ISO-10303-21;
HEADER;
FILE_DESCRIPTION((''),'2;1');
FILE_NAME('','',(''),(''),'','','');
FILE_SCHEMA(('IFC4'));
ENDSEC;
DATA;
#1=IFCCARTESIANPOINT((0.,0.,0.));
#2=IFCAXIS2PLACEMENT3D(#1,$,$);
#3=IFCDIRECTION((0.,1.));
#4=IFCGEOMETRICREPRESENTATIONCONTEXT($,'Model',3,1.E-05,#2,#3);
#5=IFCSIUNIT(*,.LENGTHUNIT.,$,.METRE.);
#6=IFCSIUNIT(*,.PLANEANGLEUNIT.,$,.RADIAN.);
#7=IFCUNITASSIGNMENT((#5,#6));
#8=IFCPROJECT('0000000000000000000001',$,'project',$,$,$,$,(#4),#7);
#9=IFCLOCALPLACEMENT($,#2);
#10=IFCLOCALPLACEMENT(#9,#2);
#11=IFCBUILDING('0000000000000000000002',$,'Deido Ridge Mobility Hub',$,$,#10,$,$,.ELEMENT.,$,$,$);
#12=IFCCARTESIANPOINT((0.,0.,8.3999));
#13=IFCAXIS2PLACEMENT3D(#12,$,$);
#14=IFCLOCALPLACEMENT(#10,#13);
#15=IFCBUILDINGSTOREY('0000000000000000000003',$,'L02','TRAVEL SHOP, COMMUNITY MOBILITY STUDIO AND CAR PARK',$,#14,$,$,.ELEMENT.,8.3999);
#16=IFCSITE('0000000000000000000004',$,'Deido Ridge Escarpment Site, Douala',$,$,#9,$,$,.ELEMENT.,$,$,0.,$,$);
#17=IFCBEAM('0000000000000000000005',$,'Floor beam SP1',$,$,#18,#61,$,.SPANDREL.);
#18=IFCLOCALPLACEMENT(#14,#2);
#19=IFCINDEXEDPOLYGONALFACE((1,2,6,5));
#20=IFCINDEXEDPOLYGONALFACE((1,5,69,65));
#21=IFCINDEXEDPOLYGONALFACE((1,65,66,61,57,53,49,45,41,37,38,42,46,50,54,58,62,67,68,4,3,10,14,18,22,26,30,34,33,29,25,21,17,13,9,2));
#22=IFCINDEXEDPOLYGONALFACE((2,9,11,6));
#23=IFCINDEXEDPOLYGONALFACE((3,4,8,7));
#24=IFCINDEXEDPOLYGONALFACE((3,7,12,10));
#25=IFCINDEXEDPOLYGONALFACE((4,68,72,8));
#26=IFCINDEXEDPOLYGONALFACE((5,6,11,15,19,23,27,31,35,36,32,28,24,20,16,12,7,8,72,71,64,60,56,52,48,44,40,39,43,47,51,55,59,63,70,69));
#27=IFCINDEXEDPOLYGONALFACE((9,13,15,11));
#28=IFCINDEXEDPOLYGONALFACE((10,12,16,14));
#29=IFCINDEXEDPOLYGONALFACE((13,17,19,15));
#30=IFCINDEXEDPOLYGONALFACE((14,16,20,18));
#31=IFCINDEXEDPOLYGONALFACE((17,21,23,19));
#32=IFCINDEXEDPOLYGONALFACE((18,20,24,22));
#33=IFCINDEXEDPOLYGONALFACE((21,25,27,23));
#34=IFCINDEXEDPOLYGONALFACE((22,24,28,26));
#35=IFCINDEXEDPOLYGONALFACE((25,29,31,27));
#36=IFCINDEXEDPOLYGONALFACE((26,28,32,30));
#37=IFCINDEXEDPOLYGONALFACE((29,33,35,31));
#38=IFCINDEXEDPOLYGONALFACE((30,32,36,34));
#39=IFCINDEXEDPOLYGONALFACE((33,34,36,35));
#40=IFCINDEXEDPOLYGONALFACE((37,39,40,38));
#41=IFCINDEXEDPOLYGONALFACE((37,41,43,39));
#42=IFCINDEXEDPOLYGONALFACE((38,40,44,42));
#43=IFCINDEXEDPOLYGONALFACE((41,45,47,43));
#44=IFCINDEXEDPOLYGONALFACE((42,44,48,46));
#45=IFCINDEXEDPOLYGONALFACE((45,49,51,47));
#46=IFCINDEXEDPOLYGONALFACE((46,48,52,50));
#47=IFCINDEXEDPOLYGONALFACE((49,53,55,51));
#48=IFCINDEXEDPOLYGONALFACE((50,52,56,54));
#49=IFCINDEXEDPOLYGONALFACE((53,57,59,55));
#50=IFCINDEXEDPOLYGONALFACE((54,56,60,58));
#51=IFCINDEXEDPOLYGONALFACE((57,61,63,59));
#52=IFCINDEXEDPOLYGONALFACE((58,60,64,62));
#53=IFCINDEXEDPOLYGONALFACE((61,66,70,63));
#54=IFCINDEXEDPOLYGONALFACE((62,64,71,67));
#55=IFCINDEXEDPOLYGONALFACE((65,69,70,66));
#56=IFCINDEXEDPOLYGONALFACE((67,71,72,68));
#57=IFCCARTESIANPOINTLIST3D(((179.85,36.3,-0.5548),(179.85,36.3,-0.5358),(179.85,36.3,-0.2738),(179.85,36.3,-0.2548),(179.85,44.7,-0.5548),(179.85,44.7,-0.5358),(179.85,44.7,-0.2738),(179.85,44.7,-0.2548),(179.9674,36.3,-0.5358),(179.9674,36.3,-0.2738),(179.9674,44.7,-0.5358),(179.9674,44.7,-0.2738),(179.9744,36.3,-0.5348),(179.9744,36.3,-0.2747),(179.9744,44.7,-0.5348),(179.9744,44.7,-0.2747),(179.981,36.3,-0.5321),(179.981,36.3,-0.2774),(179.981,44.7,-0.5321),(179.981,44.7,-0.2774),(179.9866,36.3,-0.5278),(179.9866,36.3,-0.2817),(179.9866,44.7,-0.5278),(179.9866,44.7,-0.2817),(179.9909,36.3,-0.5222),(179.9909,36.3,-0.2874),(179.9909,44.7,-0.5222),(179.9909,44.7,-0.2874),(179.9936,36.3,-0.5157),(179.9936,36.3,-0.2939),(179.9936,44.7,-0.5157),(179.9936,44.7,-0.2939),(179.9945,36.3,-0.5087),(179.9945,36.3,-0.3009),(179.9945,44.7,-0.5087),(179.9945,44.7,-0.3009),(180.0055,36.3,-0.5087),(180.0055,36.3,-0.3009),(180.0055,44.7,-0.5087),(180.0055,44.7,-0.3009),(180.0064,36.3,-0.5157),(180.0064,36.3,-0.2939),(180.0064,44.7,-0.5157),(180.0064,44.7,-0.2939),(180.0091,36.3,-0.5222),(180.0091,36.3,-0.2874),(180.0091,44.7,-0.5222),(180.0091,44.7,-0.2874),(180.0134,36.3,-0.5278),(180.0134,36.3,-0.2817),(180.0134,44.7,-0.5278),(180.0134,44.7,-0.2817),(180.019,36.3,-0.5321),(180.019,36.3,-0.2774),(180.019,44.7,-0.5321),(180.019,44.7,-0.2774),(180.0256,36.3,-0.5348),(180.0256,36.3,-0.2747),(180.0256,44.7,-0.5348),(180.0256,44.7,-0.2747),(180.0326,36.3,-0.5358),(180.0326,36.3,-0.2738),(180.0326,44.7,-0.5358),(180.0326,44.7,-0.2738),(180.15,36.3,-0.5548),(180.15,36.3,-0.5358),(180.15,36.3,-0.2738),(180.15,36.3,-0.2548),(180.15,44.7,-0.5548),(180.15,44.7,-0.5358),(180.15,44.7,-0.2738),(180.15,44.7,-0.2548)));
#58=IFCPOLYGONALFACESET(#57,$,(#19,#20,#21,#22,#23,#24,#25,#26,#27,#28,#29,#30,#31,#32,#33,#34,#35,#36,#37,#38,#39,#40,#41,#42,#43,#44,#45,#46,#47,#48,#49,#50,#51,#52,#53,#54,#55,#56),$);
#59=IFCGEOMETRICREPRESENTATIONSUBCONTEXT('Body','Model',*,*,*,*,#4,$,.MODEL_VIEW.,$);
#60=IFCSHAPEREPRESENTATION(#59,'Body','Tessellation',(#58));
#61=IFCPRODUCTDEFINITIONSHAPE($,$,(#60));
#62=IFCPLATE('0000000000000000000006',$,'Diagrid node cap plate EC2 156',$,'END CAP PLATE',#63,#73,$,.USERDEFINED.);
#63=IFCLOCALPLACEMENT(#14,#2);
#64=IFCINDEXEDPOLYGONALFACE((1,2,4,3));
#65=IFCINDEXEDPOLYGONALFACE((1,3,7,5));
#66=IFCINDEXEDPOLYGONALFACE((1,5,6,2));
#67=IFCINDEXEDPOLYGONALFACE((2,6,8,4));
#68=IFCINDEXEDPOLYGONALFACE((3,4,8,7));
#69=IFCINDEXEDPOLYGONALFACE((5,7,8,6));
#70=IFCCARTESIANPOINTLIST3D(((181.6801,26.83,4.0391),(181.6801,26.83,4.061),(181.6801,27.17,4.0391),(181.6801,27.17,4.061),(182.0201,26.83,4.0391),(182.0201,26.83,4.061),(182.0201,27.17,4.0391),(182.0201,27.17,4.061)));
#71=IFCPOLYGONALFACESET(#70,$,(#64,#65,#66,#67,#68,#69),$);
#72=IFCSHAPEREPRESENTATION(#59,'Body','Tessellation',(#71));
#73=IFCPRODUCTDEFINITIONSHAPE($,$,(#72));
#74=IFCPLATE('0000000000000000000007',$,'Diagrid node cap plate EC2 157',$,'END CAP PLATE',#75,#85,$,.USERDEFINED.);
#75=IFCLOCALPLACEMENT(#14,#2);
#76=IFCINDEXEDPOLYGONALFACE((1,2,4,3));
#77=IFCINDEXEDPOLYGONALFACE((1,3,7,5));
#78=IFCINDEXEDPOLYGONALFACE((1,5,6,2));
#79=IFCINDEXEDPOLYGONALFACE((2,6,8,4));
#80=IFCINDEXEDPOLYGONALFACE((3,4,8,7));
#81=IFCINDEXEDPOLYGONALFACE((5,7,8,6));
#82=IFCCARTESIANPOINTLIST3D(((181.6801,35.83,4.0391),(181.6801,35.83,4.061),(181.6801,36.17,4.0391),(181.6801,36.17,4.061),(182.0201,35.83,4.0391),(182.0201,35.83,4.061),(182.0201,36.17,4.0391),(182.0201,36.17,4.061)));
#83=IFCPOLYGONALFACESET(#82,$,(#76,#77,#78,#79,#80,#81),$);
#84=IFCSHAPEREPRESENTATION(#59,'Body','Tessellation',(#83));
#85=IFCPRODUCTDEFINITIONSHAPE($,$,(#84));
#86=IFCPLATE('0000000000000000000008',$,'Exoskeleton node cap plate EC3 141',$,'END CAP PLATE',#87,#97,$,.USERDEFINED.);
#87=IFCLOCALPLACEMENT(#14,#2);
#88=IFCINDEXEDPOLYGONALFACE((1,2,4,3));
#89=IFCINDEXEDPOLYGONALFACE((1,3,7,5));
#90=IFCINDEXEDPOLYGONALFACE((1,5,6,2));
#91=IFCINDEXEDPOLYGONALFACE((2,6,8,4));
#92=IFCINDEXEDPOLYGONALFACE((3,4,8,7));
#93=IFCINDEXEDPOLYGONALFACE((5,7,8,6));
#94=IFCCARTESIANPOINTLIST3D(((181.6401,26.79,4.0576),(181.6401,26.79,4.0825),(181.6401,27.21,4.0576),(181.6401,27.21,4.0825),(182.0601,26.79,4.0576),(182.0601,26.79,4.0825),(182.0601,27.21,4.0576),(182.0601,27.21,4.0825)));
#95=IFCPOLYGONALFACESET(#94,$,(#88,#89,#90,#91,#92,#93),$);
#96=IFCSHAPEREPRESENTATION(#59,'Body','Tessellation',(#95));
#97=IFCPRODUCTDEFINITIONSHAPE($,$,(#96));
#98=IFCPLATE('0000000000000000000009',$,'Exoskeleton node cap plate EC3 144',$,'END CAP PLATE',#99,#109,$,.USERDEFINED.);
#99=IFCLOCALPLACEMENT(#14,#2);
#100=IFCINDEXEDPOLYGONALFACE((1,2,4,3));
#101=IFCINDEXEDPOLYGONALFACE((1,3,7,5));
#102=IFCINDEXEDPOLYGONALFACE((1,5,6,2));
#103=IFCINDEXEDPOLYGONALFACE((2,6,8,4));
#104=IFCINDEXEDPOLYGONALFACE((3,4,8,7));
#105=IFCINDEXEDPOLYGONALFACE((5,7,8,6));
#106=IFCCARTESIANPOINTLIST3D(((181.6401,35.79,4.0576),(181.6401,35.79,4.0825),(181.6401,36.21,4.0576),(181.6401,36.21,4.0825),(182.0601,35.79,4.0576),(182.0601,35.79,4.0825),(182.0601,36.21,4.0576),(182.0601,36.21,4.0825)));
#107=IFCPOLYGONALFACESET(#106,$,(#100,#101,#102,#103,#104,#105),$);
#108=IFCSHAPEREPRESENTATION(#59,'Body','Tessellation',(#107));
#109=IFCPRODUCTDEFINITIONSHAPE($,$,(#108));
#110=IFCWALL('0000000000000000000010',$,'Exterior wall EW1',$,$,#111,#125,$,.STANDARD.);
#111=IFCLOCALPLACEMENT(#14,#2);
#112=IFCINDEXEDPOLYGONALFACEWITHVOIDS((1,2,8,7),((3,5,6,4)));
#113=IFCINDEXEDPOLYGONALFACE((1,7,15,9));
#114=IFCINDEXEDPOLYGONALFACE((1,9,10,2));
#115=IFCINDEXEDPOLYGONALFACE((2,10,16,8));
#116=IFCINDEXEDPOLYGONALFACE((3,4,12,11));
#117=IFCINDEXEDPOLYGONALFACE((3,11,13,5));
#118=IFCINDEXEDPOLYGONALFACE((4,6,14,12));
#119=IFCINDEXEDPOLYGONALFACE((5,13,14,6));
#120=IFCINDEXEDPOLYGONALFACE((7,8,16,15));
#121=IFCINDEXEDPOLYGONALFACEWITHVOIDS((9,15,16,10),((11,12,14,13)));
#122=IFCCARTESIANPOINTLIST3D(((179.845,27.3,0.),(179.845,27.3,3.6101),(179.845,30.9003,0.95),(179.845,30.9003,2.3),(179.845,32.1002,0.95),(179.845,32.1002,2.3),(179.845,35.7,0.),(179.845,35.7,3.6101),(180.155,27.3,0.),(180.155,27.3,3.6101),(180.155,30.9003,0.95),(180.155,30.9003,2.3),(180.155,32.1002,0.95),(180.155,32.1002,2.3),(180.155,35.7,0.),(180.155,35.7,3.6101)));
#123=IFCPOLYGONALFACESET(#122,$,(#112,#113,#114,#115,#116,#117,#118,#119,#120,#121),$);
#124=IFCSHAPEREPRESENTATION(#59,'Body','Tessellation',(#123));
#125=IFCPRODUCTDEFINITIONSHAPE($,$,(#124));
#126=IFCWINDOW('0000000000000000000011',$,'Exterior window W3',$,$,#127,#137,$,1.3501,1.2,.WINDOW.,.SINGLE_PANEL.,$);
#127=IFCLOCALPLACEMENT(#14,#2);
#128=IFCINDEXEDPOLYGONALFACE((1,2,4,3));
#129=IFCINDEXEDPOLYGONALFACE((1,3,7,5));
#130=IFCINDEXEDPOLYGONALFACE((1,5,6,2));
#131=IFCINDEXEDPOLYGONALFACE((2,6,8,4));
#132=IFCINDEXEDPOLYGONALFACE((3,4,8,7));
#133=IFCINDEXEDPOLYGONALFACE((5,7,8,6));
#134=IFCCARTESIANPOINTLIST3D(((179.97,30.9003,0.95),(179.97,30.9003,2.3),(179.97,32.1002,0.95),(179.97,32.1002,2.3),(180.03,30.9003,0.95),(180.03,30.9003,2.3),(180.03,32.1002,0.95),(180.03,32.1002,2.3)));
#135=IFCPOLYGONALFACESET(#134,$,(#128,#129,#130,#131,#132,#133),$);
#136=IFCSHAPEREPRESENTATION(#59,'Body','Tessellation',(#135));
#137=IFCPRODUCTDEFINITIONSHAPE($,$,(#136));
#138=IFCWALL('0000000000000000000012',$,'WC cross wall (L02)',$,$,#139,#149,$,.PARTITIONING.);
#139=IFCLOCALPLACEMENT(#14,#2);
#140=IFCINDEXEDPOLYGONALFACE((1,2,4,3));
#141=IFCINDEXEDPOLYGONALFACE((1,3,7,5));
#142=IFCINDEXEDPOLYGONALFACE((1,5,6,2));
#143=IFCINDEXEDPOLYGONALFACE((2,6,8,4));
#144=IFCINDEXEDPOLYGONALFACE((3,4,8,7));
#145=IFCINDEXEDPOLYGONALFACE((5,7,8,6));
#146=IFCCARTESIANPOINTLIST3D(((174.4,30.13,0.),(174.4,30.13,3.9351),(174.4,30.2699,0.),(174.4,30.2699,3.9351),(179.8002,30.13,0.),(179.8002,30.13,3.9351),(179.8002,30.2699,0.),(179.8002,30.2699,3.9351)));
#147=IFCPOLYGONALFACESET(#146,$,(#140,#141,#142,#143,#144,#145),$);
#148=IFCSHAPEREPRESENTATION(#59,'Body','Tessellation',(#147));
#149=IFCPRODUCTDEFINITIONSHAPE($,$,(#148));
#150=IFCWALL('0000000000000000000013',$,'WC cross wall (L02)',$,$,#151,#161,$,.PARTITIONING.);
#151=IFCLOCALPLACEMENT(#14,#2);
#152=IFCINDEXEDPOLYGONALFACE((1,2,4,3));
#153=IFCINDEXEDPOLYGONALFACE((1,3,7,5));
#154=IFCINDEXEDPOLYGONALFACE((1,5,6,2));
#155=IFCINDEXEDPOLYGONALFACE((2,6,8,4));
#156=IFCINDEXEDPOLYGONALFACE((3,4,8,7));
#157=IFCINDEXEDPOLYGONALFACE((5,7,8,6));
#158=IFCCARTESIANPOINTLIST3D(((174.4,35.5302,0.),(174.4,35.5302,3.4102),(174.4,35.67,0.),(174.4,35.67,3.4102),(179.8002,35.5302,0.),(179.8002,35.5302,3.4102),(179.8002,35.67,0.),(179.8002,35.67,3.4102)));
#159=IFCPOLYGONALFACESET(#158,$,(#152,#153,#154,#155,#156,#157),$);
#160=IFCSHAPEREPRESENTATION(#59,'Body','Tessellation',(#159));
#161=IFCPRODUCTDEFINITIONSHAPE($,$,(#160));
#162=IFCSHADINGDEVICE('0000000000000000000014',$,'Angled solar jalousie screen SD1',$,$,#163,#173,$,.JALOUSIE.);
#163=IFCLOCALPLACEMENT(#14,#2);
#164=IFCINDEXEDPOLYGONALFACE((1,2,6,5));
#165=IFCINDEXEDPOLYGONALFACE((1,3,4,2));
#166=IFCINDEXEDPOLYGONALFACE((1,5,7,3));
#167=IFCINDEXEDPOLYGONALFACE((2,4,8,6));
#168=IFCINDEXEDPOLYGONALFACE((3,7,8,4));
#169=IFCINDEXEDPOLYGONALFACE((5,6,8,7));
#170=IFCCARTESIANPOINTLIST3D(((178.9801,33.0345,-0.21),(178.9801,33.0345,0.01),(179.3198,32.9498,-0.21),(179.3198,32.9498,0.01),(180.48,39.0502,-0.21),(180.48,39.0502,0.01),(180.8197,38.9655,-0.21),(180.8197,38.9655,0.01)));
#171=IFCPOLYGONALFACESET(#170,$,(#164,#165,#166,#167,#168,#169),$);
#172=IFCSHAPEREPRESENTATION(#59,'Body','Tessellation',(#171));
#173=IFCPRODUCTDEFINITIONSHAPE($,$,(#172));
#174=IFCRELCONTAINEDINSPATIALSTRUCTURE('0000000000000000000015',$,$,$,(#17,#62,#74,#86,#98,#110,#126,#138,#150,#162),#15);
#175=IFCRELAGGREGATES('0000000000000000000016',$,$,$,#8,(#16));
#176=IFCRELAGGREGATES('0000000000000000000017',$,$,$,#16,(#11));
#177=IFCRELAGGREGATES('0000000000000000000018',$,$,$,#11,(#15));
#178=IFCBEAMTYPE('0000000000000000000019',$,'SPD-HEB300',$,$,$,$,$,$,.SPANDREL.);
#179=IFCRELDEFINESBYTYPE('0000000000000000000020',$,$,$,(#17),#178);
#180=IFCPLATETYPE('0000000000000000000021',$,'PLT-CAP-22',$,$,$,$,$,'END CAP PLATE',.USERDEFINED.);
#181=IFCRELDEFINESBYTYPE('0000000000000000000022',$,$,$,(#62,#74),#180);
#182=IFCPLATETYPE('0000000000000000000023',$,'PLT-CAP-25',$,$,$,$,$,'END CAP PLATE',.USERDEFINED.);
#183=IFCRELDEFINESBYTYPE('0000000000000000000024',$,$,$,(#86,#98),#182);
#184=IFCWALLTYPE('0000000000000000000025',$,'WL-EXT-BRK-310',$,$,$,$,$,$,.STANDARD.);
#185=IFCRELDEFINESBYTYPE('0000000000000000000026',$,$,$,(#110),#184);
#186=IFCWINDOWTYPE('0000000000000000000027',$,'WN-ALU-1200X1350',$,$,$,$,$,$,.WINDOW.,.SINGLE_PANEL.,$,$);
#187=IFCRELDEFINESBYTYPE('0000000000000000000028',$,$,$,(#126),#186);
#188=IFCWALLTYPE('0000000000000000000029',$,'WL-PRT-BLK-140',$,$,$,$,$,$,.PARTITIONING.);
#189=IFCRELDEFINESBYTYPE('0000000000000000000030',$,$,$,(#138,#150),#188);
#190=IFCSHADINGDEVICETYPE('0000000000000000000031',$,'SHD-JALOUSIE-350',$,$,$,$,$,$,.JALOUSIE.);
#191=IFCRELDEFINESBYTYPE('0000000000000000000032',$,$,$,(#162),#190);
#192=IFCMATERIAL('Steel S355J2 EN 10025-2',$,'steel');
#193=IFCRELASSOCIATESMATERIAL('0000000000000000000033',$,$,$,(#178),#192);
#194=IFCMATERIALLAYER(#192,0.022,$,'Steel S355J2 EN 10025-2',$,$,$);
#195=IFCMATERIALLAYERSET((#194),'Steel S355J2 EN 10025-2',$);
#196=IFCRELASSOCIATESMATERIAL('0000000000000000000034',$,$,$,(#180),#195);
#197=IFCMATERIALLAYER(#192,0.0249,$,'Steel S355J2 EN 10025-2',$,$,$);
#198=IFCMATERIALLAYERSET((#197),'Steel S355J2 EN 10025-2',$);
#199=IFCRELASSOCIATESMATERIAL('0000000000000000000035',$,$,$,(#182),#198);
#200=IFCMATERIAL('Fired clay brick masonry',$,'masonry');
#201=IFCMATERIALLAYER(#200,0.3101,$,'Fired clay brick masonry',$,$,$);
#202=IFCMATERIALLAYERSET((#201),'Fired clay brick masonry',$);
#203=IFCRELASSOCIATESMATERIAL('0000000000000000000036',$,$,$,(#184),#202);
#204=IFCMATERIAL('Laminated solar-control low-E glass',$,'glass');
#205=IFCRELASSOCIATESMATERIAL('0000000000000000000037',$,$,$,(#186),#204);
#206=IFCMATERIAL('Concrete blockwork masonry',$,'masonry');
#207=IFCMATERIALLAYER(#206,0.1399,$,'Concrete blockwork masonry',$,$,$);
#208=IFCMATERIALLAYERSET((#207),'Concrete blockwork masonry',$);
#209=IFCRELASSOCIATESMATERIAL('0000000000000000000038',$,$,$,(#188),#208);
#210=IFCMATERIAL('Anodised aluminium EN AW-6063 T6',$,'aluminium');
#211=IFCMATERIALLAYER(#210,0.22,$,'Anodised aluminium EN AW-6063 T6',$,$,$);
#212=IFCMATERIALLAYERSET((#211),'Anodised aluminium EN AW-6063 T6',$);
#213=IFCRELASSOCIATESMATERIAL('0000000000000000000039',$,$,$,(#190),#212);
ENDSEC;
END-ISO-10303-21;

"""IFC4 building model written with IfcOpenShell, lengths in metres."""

from ifc_helpers import new_model, si_unit, direction, frame, frame_2d, origin, origin_2d, place, context, subcontext, project, spatial, rectangle, i_section, extrude, material, layer, layer_set, material_profile, profile_set, type_object, element, fill, save


model = new_model("IFC4")

# Units and contexts
model_context = context("Model", 3, precision=1e-05, world=origin(), true_north=direction((0.0, 1.0)))
body_context = subcontext(model_context, "Body", "Model", "MODEL_VIEW")
ifc_project = project(units=[si_unit("LENGTHUNIT", "METRE"), si_unit("PLANEANGLEUNIT", "RADIAN")], contexts=[model_context])

# Site, building, storey
site_placement = place(None, origin())
site = spatial("IfcSite", under=ifc_project, at=site_placement, Name="Deido Ridge Escarpment Site, Douala", CompositionType="ELEMENT", RefElevation=0.0)
building_placement = place(site_placement, origin())
building = spatial("IfcBuilding", under=site, at=building_placement, Name="Deido Ridge Mobility Hub", CompositionType="ELEMENT")
storey_placement = place(building_placement, frame((0.0, 0.0, 8.3999)))
storey = spatial("IfcBuildingStorey", under=building, at=storey_placement, Name="L02", Description="TRAVEL SHOP, COMMUNITY MOBILITY STUDIO AND CAR PARK", CompositionType="ELEMENT", Elevation=8.3999)

# Shared definitions
ifc_material_1 = material(Name="Steel S355J2 EN 10025-2", Category="steel")

# Shared definitions
ifc_material_2 = material(Name="Anodised aluminium EN AW-6063 T6", Category="aluminium")

# Beam
ifc_material_profile_1 = material_profile(ifc_material_1, i_section(OverallWidth=0.3, OverallDepth=0.3, WebThickness=0.011, FlangeThickness=0.019, FilletRadius=0.0271, at=origin_2d()), Name="HEB 300")
ifc_profile_set_1 = profile_set([ifc_material_profile_1], Name="Steel S355J2 EN 10025-2")
beam_type_1 = type_object("IfcBeamType", Name="SPD-HEB300", PredefinedType="SPANDREL", material=ifc_profile_set_1)
for number, where, z_axis, x_axis, name in (
    (1, (180.0, 36.3, -0.4048), (0.0, 1.0, 0.0), (-1.0, 0.0, 0.0), "Floor beam SP1"),
):
    element("IfcBeam", number, at=place(storey_placement, frame(where, z_axis=z_axis, x_axis=x_axis)), inside=storey, type_object=beam_type_1, Name=name, PredefinedType="SPANDREL", context=body_context, shape_type="SweptSolid", body=[
        extrude(i_section(OverallWidth=0.3, OverallDepth=0.3, WebThickness=0.011, FlangeThickness=0.019, FilletRadius=0.0271, at=origin_2d()), origin(), (0.0, 0.0, 1.0), 8.3999),
    ])

# Plates
ifc_layer_1 = layer(ifc_material_1, 0.022, Name="Steel S355J2 EN 10025-2")
ifc_layer_set_1 = layer_set([ifc_layer_1], Name="Steel S355J2 EN 10025-2")
plate_type_1 = type_object("IfcPlateType", Name="PLT-CAP-22", ElementType="END CAP PLATE", PredefinedType="USERDEFINED", material=ifc_layer_set_1)
for number, where, z_axis, x_axis, name in (
    (2, (181.8501, 27.0, 4.0391), (0.0, 0.0, 1.0), (1.0, 0.0, 0.0), "Diagrid node cap plate EC2 156"),
    (3, (181.8501, 36.0, 4.0391), (0.0, 0.0, 1.0), (1.0, 0.0, 0.0), "Diagrid node cap plate EC2 157"),
):
    element("IfcPlate", number, at=place(storey_placement, frame(where, z_axis=z_axis, x_axis=x_axis)), inside=storey, type_object=plate_type_1, Name=name, ObjectType="END CAP PLATE", PredefinedType="USERDEFINED", context=body_context, shape_type="SweptSolid", body=[
        extrude(rectangle(XDim=0.3401, YDim=0.3401, at=origin_2d()), origin(), (0.0, 0.0, 1.0), 0.022),
    ])
ifc_layer_2 = layer(ifc_material_1, 0.0249, Name="Steel S355J2 EN 10025-2")
ifc_layer_set_2 = layer_set([ifc_layer_2], Name="Steel S355J2 EN 10025-2")
plate_type_2 = type_object("IfcPlateType", Name="PLT-CAP-25", ElementType="END CAP PLATE", PredefinedType="USERDEFINED", material=ifc_layer_set_2)
for number, where, z_axis, x_axis, name in (
    (4, (181.8501, 27.0, 4.0576), (0.0, 0.0, 1.0), (1.0, 0.0, 0.0), "Exoskeleton node cap plate EC3 141"),
    (5, (181.8501, 36.0, 4.0576), (0.0, 0.0, 1.0), (1.0, 0.0, 0.0), "Exoskeleton node cap plate EC3 144"),
):
    element("IfcPlate", number, at=place(storey_placement, frame(where, z_axis=z_axis, x_axis=x_axis)), inside=storey, type_object=plate_type_2, Name=name, ObjectType="END CAP PLATE", PredefinedType="USERDEFINED", context=body_context, shape_type="SweptSolid", body=[
        extrude(rectangle(XDim=0.4199, YDim=0.4199, at=origin_2d()), origin(), (0.0, 0.0, 1.0), 0.0249),
    ])

# Wall, opening, window
ifc_material_3 = material(Name="Fired clay brick masonry", Category="masonry")
ifc_layer_3 = layer(ifc_material_3, 0.3101, Name="Fired clay brick masonry")
ifc_layer_set_3 = layer_set([ifc_layer_3], Name="Fired clay brick masonry")
wall_type_1 = type_object("IfcWallType", Name="WL-EXT-BRK-310", PredefinedType="STANDARD", material=ifc_layer_set_3)
wall_1_placement = place(storey_placement, frame((180.0, 27.3, 0.0), z_axis=(0.0, 0.0, 1.0), x_axis=(0.0, 1.0, 0.0)))
wall_1 = element("IfcWall", 6, at=wall_1_placement, inside=storey, type_object=wall_type_1, Name="Exterior wall EW1", PredefinedType="STANDARD", context=body_context, shape_type="SweptSolid", body=[
    extrude(rectangle(XDim=8.3999, YDim=0.3101, at=frame_2d((4.2, 0.0))), origin(), (0.0, 0.0, 1.0), 3.6101),
])
opening_1_placement = place(wall_1_placement, frame((3.6001, 0.0, 0.95)))
opening_1 = element("IfcOpeningElement", 7, at=opening_1_placement, cuts=wall_1, PredefinedType="OPENING", context=body_context, shape_type="SweptSolid", body=[
    extrude(rectangle(XDim=1.2, YDim=1.3501, at=frame_2d((0.6001, 0.675))), frame((0.0, 0.165, 0.0), z_axis=(0.0, -1.0, 0.0), x_axis=(1.0, 0.0, 0.0)), (0.0, 0.0, 1.0), 0.3301),
])
ifc_material_4 = material(Name="Laminated solar-control low-E glass", Category="glass")
window_type = type_object("IfcWindowType", Name="WN-ALU-1200X1350", PartitioningType="SINGLE_PANEL", PredefinedType="WINDOW", material=ifc_material_4)
window_placement = place(opening_1_placement, origin())
window = element("IfcWindow", 8, at=window_placement, inside=storey, type_object=window_type, Name="Exterior window W3", OverallHeight=1.3501, OverallWidth=1.2, PartitioningType="SINGLE_PANEL", PredefinedType="WINDOW", context=body_context, shape_type="SweptSolid", body=[
    extrude(rectangle(XDim=1.2, YDim=1.3501, at=frame_2d((0.6001, 0.675))), frame((0.0, 0.03, 0.0), z_axis=(0.0, -1.0, 0.0), x_axis=(1.0, 0.0, 0.0)), (0.0, 0.0, 1.0), 0.0601),
])
fill(opening_1, window)

# Walls
ifc_material_5 = material(Name="Concrete blockwork masonry", Category="masonry")
ifc_layer_4 = layer(ifc_material_5, 0.1399, Name="Concrete blockwork masonry")
ifc_layer_set_4 = layer_set([ifc_layer_4], Name="Concrete blockwork masonry")
wall_type_2 = type_object("IfcWallType", Name="WL-PRT-BLK-140", PredefinedType="PARTITIONING", material=ifc_layer_set_4)
wall_2_placement = place(storey_placement, frame((174.3999, 30.2, 0.0), z_axis=(0.0, 0.0, 1.0), x_axis=(1.0, 0.0, 0.0)))
element("IfcWall", 9, at=wall_2_placement, inside=storey, type_object=wall_type_2, Name="WC cross wall (L02)", PredefinedType="PARTITIONING", context=body_context, shape_type="SweptSolid", body=[
    extrude(rectangle(XDim=5.4001, YDim=0.1399, at=frame_2d((2.7002, 0.0))), origin(), (0.0, 0.0, 1.0), 3.9351),
])
wall_3_placement = place(storey_placement, frame((174.3999, 35.6001, 0.0), z_axis=(0.0, 0.0, 1.0), x_axis=(1.0, 0.0, 0.0)))
element("IfcWall", 10, at=wall_3_placement, inside=storey, type_object=wall_type_2, Name="WC cross wall (L02)", PredefinedType="PARTITIONING", context=body_context, shape_type="SweptSolid", body=[
    extrude(rectangle(XDim=5.4001, YDim=0.1399, at=frame_2d((2.7002, 0.0))), origin(), (0.0, 0.0, 1.0), 3.4102),
])

# Shading device
ifc_layer_5 = layer(ifc_material_2, 0.22, Name="Anodised aluminium EN AW-6063 T6")
ifc_layer_set_5 = layer_set([ifc_layer_5], Name="Anodised aluminium EN AW-6063 T6")
shading_device_type = type_object("IfcShadingDeviceType", Name="SHD-JALOUSIE-350", PredefinedType="JALOUSIE", material=ifc_layer_set_5)
shading_device_placement = place(storey_placement, frame((179.8999, 36.0, -0.21), z_axis=(0.0, 0.0, 1.0), x_axis=(0.241922, 0.970296, 0.0)))
element("IfcShadingDevice", 11, at=shading_device_placement, inside=storey, type_object=shading_device_type, Name="Angled solar jalousie screen SD1", PredefinedType="JALOUSIE", context=body_context, shape_type="SweptSolid", body=[
    extrude(rectangle(XDim=6.2, YDim=0.3501, at=origin_2d()), origin(), (0.0, 0.0, 1.0), 0.22),
])

save(model, "model.ifc")
